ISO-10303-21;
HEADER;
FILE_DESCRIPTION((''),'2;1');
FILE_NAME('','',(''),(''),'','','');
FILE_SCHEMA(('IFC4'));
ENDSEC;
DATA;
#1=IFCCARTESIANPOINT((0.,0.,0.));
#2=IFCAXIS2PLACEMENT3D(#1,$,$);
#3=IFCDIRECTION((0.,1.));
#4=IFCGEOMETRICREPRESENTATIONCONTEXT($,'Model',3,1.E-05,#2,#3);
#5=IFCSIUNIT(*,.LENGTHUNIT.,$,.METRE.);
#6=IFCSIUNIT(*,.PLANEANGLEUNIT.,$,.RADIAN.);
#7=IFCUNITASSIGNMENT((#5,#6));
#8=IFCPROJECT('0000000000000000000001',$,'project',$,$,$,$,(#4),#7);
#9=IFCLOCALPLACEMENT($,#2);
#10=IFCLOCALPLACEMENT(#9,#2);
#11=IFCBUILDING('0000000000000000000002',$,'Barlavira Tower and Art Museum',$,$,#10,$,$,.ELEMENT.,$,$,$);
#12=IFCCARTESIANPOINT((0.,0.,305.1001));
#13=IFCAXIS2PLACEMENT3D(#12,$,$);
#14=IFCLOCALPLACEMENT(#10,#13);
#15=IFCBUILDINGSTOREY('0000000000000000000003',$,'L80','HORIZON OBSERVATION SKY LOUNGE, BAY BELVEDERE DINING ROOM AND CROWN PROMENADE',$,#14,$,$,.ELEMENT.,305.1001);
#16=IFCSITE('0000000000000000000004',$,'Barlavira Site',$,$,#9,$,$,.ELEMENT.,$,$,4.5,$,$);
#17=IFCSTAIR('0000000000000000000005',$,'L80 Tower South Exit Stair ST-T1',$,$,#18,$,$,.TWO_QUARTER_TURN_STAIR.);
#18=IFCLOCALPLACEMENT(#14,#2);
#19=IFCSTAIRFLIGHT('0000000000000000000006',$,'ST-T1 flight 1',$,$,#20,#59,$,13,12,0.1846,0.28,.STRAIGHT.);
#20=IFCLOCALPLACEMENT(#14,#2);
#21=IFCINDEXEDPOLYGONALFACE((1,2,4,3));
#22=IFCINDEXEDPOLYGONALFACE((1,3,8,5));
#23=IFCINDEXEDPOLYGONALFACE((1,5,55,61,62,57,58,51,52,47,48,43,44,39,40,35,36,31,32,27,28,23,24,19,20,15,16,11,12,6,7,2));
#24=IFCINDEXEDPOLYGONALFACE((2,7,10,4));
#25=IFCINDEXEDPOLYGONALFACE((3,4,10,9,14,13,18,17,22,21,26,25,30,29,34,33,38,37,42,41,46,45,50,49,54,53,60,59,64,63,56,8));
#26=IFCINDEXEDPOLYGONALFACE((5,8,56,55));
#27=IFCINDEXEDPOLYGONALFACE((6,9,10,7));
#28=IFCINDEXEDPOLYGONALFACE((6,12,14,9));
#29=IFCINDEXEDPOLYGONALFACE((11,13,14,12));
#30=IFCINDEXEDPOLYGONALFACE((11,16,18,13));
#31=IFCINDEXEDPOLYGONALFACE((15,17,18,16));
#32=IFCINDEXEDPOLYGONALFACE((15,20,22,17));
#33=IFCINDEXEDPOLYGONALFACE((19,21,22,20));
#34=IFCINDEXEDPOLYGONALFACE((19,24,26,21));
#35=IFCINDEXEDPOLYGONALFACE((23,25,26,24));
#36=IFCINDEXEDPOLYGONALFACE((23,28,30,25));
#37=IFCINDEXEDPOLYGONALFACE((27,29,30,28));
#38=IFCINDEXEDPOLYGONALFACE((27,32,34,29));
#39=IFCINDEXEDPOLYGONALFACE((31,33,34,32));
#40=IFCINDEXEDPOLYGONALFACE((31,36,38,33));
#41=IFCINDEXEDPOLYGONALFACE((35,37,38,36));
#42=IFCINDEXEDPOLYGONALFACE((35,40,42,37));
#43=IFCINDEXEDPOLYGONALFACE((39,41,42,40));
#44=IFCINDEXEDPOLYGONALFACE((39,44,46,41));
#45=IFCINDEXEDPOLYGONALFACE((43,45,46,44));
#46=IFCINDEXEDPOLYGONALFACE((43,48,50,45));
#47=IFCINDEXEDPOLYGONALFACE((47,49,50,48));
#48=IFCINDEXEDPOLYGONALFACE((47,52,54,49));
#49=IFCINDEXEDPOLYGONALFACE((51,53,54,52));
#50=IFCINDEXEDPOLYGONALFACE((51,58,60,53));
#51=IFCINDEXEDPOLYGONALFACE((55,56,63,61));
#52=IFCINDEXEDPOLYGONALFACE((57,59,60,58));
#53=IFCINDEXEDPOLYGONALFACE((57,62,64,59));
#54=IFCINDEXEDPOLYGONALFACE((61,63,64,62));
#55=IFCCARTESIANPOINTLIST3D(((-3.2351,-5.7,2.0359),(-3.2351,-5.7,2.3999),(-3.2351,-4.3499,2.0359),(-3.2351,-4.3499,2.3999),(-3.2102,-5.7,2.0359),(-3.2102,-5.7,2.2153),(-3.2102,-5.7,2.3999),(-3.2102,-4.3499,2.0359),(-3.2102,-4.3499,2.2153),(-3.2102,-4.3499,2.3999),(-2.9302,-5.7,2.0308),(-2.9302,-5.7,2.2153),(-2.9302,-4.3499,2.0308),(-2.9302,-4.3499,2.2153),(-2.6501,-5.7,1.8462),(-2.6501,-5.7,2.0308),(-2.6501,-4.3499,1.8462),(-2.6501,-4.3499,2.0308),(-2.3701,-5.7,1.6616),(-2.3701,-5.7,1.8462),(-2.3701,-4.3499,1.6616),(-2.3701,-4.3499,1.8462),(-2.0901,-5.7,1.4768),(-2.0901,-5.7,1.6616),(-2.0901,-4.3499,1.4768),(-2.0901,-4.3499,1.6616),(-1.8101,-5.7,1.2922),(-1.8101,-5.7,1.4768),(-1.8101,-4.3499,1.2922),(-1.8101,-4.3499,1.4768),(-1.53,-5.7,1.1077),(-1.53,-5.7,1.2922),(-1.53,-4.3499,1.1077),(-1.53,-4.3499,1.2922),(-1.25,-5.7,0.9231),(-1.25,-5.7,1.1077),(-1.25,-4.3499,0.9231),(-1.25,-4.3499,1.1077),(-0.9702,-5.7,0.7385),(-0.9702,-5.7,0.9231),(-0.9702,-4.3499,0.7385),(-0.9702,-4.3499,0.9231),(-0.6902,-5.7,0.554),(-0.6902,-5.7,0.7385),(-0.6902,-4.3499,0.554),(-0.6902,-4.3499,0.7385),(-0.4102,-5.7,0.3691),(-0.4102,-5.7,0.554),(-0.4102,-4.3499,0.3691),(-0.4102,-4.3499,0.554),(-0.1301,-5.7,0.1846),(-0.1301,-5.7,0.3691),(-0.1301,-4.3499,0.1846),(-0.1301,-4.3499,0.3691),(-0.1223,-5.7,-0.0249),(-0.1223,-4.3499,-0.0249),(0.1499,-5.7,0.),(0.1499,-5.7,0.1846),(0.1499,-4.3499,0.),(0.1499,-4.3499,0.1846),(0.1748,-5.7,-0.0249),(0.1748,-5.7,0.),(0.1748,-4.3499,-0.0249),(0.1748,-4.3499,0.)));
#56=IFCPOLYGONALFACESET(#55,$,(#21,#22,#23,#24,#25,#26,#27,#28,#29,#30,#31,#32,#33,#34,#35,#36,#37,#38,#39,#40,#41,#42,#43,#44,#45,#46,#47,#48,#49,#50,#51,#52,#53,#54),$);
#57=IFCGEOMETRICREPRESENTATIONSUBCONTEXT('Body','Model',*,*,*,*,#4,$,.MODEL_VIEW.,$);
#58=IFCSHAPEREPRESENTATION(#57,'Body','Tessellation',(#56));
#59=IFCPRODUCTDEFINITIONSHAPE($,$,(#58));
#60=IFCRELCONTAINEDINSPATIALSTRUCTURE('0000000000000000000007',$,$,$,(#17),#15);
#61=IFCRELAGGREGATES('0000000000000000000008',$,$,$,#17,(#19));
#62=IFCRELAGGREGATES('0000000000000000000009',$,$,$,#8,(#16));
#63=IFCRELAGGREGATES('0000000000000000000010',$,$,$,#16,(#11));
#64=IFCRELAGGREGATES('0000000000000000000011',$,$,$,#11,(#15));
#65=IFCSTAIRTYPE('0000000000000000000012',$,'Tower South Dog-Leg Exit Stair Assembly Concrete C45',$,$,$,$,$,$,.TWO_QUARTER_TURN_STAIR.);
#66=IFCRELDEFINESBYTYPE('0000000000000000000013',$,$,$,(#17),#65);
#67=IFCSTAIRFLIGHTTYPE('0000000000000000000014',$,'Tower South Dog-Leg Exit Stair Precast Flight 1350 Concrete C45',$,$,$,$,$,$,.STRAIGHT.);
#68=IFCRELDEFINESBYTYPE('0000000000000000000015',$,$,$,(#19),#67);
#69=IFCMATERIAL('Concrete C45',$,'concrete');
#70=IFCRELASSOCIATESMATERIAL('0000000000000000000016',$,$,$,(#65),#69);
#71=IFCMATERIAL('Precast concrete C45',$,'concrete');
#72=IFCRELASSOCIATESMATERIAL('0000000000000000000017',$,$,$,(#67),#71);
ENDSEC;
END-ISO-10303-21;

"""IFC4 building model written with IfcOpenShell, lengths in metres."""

from ifc_helpers import new_model, si_unit, direction, frame, origin, place, context, subcontext, project, spatial, polyline, outline, extrude, material, type_object, element, aggregate, save


model = new_model("IFC4")

# Units and contexts
model_context = context("Model", 3, precision=1e-05, world=origin(), true_north=direction((0.0, 1.0)))
body_context = subcontext(model_context, "Body", "Model", "MODEL_VIEW")
ifc_project = project(units=[si_unit("LENGTHUNIT", "METRE"), si_unit("PLANEANGLEUNIT", "RADIAN")], contexts=[model_context])

# Site, building, storey
site_placement = place(None, origin())
site = spatial("IfcSite", under=ifc_project, at=site_placement, Name="Barlavira Site", CompositionType="ELEMENT", RefElevation=4.5)
building_placement = place(site_placement, origin())
building = spatial("IfcBuilding", under=site, at=building_placement, Name="Barlavira Tower and Art Museum", CompositionType="ELEMENT")
storey_placement = place(building_placement, frame((0.0, 0.0, 305.1001)))
storey = spatial("IfcBuildingStorey", under=building, at=storey_placement, Name="L80", Description="HORIZON OBSERVATION SKY LOUNGE, BAY BELVEDERE DINING ROOM AND CROWN PROMENADE", CompositionType="ELEMENT", Elevation=305.1001)

# Stair, stair flight
ifc_material_1 = material(Name="Concrete C45", Category="concrete")
stair_type = type_object("IfcStairType", Name="Tower South Dog-Leg Exit Stair Assembly Concrete C45", PredefinedType="TWO_QUARTER_TURN_STAIR", material=ifc_material_1)
stair_placement = place(storey_placement, origin())
stair = element("IfcStair", 1, at=stair_placement, inside=storey, type_object=stair_type, Name="L80 Tower South Exit Stair ST-T1", PredefinedType="TWO_QUARTER_TURN_STAIR")
ifc_material_2 = material(Name="Precast concrete C45", Category="concrete")
stair_flight_type = type_object("IfcStairFlightType", Name="Tower South Dog-Leg Exit Stair Precast Flight 1350 Concrete C45", PredefinedType="STRAIGHT", material=ifc_material_2)
stair_flight_placement = place(storey_placement, frame((0.1499, -5.0249, 0.0), z_axis=(0.0, 0.0, 1.0), x_axis=(-1.0, 0.0, 0.0)))
stair_flight = element("IfcStairFlight", 2, at=stair_flight_placement, type_object=stair_flight_type, Name="ST-T1 flight 1", NumberOfRisers=13, NumberOfTreads=12, PredefinedType="STRAIGHT", RiserHeight=0.1846, TreadLength=0.28, context=body_context, shape_type="SweptSolid", body=[
    extrude(outline(polyline([(-0.0249, 0.0), (0.0, 0.0), (0.0, 0.1846), (0.28, 0.1846), (0.28, 0.3691), (0.5601, 0.3691), (0.5601, 0.554), (0.8401, 0.554), (0.8401, 0.7385), (1.1201, 0.7385), (1.1201, 0.9231), (1.3999, 0.9231), (1.3999, 1.1077), (1.6799, 1.1077), (1.6799, 1.2922), (1.96, 1.2922), (1.96, 1.4768), (2.24, 1.4768), (2.24, 1.6616), (2.52, 1.6616), (2.52, 1.8462), (2.8, 1.8462), (2.8, 2.0308), (3.0801, 2.0308), (3.0801, 2.2153), (3.3601, 2.2153), (3.3601, 2.3999), (3.385, 2.3999), (3.385, 2.0359), (3.3601, 2.0359), (0.2722, -0.0249), (-0.0249, -0.0249), (-0.0249, 0.0)])), frame((0.0, 0.675, 0.0), z_axis=(0.0, -1.0, 0.0), x_axis=(1.0, 0.0, 0.0)), (0.0, 0.0, 1.0), 1.3501),
])
aggregate(stair, [stair_flight])

save(model, "model.ifc")
